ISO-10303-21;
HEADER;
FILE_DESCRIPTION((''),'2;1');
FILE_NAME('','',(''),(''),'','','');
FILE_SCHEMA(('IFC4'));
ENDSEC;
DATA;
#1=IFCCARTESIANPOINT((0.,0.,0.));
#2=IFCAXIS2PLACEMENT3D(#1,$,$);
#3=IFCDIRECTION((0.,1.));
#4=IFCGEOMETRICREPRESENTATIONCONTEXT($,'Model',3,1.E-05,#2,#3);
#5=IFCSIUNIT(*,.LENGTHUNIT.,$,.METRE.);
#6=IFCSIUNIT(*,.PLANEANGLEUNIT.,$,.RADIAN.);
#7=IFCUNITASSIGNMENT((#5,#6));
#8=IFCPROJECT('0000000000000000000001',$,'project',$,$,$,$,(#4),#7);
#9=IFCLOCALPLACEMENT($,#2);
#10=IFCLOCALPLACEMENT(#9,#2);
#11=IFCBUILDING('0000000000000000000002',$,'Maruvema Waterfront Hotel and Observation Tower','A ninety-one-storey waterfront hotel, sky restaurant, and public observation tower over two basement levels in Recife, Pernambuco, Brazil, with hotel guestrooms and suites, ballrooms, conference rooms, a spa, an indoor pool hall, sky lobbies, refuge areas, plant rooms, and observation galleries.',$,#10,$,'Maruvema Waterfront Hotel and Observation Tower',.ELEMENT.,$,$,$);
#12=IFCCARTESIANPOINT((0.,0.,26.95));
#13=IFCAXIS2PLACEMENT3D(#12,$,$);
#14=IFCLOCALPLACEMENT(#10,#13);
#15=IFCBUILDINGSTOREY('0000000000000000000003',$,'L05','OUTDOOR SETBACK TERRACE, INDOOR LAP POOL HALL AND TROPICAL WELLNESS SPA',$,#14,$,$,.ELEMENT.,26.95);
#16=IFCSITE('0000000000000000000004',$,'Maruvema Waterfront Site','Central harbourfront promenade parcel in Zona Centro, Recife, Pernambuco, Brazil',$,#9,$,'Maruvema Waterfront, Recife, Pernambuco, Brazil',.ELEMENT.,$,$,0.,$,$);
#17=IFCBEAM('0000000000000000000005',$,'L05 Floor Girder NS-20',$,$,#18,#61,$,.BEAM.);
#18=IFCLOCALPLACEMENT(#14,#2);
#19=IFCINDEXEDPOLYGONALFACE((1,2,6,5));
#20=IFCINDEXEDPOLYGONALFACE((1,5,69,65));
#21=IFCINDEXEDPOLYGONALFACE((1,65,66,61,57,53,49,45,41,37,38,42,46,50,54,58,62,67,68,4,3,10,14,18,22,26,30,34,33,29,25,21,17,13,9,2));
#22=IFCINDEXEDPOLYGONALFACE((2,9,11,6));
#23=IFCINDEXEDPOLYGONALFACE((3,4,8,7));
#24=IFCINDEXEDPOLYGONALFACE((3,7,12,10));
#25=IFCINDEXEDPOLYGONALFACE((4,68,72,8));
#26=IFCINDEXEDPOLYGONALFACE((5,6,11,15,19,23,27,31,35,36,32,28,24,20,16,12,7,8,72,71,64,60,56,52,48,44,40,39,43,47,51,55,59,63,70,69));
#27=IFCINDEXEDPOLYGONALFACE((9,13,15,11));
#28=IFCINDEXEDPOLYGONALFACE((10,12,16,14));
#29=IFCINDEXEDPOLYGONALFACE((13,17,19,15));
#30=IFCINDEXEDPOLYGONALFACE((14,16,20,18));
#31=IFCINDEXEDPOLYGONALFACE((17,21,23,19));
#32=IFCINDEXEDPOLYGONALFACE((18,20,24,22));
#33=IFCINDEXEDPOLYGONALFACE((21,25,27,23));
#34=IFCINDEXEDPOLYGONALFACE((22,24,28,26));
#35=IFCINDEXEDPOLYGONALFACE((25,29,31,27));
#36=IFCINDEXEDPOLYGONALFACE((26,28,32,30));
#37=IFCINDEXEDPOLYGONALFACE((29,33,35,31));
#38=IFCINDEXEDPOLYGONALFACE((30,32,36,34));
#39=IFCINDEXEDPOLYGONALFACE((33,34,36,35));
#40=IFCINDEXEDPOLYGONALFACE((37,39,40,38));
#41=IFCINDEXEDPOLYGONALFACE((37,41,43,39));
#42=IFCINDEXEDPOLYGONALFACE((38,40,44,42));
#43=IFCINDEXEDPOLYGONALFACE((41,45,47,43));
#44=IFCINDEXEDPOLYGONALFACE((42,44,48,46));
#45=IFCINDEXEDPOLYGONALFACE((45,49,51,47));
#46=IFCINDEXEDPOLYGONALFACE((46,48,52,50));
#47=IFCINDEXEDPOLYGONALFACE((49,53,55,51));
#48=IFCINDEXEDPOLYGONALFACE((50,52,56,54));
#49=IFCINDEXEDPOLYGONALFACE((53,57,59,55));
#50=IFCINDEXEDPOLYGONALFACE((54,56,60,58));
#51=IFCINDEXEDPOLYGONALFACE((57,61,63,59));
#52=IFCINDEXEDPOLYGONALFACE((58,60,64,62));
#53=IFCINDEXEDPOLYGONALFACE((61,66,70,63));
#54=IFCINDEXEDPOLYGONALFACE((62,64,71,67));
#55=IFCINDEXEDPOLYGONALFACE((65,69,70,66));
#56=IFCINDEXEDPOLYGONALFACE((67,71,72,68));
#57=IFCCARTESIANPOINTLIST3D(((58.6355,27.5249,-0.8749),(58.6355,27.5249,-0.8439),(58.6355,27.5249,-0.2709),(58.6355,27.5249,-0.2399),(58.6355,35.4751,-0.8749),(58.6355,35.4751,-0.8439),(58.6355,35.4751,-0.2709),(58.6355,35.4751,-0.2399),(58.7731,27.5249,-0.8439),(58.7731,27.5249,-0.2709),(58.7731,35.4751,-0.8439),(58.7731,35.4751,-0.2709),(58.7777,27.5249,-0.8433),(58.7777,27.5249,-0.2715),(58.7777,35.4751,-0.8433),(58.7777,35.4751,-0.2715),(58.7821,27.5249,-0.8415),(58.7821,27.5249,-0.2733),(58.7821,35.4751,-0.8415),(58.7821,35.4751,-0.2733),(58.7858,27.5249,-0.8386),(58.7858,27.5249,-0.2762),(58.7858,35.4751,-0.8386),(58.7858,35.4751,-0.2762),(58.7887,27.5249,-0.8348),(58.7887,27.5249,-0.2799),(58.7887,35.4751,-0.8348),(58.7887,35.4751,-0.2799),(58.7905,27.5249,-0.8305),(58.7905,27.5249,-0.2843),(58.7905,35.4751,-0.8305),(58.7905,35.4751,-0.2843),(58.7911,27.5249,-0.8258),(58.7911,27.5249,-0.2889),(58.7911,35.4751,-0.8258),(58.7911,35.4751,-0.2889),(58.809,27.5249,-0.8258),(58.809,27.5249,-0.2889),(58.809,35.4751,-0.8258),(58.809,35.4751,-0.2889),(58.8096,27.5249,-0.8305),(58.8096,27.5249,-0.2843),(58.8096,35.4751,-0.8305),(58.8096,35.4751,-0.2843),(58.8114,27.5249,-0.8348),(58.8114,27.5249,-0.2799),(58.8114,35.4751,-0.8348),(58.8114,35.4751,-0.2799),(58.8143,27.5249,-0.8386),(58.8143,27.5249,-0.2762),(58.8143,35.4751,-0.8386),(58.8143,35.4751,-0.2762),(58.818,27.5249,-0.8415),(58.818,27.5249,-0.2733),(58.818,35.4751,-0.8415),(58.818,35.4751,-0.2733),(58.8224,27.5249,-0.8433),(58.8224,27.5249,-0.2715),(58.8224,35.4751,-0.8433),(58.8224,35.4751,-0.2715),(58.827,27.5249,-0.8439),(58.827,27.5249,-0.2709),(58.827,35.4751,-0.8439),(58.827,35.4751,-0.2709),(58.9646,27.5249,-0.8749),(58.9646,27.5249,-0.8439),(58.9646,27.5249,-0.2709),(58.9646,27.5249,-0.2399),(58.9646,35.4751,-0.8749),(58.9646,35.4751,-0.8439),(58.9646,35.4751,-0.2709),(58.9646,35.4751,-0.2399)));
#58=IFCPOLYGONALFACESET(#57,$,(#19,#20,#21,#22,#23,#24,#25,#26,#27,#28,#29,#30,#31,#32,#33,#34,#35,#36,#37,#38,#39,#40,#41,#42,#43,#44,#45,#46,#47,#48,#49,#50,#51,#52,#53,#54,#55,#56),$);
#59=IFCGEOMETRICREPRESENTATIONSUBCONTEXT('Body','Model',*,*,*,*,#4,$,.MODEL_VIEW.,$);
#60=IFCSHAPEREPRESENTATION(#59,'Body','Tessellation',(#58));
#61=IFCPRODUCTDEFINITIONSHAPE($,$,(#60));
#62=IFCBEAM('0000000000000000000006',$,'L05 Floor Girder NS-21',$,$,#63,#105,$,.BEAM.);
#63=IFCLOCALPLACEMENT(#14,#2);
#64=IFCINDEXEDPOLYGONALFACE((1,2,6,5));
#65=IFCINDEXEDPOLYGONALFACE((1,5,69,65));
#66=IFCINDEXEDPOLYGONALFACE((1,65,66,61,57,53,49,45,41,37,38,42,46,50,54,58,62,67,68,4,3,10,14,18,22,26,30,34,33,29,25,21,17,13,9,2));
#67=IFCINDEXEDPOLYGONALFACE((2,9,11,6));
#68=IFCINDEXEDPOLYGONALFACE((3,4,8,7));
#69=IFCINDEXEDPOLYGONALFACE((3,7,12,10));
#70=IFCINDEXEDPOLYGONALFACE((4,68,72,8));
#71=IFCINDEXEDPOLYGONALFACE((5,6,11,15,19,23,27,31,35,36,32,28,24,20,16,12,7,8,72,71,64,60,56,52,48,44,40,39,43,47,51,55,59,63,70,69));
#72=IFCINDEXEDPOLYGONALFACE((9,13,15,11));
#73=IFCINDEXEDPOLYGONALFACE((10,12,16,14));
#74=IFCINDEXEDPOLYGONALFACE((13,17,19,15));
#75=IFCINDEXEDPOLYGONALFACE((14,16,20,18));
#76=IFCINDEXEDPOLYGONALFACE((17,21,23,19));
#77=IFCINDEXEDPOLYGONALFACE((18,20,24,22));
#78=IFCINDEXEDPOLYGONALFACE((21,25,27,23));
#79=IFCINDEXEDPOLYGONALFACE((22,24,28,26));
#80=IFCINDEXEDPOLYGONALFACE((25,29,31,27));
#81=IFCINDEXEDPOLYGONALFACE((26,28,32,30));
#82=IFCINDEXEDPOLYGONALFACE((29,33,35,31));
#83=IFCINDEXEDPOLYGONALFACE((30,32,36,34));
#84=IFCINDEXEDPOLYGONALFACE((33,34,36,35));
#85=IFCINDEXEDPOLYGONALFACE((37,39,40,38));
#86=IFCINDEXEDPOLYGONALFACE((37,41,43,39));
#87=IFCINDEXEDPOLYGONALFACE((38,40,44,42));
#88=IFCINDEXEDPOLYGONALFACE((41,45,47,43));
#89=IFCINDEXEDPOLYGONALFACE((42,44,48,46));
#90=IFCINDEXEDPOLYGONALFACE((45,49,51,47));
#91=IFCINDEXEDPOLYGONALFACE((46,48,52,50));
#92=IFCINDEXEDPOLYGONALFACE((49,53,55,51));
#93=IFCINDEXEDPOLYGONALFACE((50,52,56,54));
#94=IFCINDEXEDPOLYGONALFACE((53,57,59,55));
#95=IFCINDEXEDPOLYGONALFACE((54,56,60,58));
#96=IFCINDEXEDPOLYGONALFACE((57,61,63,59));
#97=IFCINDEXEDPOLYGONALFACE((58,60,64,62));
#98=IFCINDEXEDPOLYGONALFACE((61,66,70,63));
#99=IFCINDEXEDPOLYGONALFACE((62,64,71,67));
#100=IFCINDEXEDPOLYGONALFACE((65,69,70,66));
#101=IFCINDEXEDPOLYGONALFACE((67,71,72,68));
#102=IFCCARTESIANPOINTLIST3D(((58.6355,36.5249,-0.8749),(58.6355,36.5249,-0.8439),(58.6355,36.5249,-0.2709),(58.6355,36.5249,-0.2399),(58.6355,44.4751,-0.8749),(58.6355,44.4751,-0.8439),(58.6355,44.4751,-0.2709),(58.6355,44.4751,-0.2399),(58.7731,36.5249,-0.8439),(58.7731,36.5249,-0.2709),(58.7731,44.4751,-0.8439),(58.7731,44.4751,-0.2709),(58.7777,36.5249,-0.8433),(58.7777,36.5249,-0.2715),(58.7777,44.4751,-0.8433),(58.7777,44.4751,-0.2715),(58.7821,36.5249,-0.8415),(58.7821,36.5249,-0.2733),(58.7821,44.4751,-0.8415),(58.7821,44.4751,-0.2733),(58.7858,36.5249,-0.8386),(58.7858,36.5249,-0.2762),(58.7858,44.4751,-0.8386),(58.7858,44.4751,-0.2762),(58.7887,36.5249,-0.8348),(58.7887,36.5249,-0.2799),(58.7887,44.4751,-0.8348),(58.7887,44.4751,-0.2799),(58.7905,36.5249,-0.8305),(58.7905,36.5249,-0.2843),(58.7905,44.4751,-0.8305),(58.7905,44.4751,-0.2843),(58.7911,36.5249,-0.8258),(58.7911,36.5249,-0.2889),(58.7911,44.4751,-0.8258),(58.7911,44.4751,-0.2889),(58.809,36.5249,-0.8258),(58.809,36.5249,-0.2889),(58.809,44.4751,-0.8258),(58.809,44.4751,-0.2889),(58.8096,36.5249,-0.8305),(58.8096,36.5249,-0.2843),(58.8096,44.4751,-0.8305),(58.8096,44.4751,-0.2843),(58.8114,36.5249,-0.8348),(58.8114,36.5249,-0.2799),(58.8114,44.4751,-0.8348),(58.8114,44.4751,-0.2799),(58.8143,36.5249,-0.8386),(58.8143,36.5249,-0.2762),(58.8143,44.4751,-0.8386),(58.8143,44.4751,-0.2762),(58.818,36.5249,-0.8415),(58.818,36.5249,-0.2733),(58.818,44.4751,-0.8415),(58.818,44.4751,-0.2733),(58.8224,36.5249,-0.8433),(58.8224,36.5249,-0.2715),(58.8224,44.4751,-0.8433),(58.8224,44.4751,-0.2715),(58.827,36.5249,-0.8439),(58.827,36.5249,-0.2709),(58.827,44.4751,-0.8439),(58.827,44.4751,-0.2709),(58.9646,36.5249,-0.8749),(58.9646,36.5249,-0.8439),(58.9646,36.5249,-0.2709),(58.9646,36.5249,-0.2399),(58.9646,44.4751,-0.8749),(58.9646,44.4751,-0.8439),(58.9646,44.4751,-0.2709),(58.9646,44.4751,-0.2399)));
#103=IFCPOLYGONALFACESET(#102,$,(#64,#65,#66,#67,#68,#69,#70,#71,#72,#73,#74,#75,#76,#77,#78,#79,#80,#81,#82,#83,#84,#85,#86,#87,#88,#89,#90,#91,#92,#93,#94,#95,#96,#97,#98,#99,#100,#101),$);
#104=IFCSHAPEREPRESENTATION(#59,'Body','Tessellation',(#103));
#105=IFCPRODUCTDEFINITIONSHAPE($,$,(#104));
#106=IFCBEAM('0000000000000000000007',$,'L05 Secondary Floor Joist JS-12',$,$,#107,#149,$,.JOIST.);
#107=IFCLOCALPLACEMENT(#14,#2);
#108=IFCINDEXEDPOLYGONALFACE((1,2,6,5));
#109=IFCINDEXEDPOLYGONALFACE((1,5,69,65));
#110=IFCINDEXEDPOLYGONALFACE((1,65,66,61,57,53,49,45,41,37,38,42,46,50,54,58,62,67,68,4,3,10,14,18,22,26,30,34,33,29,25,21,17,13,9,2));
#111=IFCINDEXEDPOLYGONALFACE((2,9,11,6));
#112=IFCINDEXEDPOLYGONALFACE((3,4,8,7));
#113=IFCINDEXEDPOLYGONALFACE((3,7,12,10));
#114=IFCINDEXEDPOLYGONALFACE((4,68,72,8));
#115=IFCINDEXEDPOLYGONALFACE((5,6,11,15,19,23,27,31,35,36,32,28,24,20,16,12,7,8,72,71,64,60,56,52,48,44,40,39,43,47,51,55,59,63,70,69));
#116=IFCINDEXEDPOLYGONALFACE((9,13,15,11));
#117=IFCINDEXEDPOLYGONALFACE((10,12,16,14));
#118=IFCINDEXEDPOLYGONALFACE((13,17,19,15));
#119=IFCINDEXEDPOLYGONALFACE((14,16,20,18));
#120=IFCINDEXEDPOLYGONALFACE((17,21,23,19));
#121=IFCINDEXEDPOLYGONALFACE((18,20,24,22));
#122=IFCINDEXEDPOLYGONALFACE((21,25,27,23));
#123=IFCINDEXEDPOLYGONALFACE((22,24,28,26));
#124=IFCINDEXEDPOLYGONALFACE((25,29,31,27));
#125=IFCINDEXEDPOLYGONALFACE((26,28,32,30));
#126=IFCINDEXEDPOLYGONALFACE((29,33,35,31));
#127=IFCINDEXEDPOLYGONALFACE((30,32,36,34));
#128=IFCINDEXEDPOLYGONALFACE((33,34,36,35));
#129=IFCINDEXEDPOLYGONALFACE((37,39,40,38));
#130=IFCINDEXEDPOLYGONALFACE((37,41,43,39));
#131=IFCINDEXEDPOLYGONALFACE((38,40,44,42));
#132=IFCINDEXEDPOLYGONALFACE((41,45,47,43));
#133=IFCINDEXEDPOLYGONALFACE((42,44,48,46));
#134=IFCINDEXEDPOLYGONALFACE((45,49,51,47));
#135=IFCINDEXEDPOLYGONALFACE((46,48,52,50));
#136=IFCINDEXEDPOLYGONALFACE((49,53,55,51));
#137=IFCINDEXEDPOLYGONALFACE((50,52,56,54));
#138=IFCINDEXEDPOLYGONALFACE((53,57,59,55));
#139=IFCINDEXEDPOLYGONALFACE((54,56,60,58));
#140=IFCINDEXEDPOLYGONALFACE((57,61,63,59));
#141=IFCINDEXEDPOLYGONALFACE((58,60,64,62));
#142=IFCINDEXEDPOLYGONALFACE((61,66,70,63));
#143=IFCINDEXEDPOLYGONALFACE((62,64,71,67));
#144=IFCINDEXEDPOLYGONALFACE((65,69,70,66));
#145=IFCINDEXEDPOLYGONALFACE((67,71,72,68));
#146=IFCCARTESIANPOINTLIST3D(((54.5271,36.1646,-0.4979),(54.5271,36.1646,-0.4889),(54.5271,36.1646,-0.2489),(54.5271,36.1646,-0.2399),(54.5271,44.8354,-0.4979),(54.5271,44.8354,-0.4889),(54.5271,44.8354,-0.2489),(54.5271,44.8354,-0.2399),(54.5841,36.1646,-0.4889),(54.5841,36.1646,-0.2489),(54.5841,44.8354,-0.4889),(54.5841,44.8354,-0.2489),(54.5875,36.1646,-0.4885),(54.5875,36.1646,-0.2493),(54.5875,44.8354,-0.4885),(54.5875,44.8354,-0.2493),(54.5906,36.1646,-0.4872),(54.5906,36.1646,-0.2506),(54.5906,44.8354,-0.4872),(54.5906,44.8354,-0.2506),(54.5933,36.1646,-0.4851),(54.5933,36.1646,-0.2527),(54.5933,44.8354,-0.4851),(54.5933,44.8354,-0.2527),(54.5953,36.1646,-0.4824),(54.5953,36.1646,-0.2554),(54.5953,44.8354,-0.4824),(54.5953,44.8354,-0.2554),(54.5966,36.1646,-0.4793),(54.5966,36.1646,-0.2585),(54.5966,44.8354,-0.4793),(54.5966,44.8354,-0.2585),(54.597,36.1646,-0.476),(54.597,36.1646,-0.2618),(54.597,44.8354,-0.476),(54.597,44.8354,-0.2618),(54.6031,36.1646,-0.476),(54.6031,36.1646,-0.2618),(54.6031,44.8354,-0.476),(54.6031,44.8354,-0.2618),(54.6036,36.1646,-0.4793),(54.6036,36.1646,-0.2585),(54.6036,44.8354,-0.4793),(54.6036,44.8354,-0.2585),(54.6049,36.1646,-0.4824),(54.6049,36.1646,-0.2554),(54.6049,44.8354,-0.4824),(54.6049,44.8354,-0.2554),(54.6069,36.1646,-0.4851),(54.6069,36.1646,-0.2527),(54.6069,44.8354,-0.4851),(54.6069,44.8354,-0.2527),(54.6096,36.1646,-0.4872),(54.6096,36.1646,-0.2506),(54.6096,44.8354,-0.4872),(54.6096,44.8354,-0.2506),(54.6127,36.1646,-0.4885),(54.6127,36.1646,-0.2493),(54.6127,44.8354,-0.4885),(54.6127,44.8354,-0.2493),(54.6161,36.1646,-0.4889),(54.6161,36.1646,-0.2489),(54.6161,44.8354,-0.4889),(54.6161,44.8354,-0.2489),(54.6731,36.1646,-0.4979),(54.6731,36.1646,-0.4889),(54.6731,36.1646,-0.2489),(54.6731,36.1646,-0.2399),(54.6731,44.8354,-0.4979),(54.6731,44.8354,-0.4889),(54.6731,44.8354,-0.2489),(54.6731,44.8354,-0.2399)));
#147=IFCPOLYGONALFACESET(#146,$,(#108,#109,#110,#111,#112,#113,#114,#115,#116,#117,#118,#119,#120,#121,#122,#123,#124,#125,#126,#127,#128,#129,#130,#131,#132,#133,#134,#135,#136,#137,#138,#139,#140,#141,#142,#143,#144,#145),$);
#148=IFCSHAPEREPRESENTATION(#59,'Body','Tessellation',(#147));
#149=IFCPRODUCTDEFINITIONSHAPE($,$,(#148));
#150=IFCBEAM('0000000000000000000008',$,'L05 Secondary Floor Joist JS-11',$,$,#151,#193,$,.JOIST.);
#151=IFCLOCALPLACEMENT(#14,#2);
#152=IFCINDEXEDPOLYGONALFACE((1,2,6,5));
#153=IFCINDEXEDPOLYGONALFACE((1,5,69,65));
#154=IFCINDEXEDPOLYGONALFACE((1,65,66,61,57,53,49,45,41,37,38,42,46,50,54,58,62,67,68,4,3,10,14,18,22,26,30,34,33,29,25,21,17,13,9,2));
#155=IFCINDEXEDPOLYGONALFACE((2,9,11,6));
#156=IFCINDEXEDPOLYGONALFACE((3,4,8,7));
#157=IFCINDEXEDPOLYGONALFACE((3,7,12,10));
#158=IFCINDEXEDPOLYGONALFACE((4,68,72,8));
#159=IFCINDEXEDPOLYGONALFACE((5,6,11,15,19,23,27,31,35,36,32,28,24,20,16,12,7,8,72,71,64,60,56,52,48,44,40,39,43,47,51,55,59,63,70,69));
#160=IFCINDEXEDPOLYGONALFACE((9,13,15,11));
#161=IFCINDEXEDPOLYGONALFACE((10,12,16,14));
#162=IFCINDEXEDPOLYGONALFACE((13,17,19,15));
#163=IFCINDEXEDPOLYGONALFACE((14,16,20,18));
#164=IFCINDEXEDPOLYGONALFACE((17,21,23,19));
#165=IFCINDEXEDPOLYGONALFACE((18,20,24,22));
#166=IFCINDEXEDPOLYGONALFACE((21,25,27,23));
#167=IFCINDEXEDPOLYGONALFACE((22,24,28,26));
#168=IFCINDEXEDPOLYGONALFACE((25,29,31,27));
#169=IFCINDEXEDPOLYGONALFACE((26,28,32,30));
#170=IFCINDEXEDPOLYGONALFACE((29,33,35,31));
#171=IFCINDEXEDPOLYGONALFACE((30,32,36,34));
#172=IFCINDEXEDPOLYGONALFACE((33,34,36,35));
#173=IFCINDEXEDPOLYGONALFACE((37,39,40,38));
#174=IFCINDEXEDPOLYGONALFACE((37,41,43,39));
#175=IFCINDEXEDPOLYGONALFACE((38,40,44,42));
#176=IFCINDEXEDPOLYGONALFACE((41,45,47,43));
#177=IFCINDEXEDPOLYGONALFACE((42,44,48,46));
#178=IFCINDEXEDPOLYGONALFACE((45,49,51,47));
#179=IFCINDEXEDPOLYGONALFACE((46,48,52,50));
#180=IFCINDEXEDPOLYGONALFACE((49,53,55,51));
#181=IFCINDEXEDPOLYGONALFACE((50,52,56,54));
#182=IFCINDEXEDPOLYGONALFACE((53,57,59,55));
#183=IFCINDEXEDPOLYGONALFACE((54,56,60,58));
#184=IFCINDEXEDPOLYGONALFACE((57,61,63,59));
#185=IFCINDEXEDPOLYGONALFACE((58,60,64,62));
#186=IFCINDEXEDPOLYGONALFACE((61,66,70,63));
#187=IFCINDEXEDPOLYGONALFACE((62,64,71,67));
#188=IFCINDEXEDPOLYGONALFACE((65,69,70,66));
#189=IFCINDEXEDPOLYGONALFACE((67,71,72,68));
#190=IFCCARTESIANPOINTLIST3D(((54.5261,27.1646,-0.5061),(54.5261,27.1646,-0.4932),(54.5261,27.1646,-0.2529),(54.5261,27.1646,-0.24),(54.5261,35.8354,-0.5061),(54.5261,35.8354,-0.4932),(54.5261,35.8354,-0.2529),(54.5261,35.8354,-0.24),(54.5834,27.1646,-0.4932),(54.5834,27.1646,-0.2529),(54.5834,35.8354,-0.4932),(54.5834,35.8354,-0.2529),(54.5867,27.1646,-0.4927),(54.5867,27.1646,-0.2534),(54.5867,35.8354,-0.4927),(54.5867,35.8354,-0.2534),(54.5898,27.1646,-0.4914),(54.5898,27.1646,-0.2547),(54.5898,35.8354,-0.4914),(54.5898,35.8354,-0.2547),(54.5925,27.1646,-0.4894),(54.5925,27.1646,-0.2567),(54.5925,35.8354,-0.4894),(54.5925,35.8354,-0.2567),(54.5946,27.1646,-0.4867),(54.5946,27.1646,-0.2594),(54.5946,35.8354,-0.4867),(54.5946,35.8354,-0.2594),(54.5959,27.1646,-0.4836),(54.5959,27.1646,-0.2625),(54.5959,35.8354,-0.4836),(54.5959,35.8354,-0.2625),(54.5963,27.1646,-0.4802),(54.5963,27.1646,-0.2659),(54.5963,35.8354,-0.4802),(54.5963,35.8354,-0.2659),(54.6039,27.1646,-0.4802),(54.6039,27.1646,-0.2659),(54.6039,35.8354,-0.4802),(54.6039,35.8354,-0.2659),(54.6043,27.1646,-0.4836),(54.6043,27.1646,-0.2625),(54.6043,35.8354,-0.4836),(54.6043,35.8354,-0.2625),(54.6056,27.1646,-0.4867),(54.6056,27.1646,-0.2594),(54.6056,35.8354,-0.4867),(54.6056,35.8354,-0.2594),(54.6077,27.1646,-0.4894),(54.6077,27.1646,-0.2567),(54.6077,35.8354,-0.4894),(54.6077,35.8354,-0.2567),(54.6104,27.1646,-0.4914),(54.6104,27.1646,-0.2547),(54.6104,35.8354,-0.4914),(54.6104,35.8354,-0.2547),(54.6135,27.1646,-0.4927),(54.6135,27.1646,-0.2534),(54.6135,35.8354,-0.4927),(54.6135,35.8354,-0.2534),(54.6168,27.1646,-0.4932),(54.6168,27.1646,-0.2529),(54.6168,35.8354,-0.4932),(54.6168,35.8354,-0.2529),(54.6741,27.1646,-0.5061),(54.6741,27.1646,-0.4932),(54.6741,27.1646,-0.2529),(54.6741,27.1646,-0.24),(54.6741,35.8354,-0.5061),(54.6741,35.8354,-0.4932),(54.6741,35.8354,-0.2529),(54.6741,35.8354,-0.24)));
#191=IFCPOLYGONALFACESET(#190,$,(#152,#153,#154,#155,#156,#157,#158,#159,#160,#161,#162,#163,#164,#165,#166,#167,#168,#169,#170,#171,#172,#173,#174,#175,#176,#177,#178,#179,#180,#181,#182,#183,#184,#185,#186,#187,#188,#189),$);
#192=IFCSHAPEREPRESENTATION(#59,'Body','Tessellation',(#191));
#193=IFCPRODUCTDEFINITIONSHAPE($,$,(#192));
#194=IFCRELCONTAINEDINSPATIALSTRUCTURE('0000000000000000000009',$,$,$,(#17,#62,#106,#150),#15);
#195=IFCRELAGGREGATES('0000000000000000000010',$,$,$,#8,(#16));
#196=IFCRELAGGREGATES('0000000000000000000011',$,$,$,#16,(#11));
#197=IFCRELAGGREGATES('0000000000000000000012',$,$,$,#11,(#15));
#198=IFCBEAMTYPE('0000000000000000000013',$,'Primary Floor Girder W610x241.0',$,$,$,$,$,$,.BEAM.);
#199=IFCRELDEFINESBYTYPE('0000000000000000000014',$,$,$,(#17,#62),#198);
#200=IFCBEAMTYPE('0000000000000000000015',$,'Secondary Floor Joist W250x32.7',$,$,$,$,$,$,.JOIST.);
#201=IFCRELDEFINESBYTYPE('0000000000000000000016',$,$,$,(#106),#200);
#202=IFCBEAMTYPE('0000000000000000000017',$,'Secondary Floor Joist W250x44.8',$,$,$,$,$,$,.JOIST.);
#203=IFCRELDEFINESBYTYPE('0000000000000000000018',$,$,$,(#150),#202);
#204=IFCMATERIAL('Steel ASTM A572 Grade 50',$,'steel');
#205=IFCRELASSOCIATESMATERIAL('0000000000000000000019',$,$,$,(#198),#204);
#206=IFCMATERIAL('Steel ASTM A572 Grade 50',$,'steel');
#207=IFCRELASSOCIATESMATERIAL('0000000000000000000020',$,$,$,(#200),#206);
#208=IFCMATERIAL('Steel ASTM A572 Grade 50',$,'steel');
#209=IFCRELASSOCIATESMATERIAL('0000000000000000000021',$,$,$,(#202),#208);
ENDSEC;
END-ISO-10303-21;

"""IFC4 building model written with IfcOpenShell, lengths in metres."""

from ifc_helpers import new_model, si_unit, direction, frame, origin, origin_2d, place, context, subcontext, project, spatial, i_section, extrude, material, material_profile, profile_set, type_object, element, save


model = new_model("IFC4")

# Units and contexts
model_context = context("Model", 3, precision=1e-05, world=origin(), true_north=direction((0.0, 1.0)))
body_context = subcontext(model_context, "Body", "Model", "MODEL_VIEW")
ifc_project = project(units=[si_unit("LENGTHUNIT", "METRE"), si_unit("PLANEANGLEUNIT", "RADIAN")], contexts=[model_context])

# Site, building, storey
site_placement = place(None, origin())
site = spatial("IfcSite", under=ifc_project, at=site_placement, Name="Maruvema Waterfront Site", Description="Central harbourfront promenade parcel in Zona Centro, Recife, Pernambuco, Brazil", LongName="Maruvema Waterfront, Recife, Pernambuco, Brazil", CompositionType="ELEMENT", RefElevation=0.0)
building_placement = place(site_placement, origin())
building = spatial("IfcBuilding", under=site, at=building_placement, Name="Maruvema Waterfront Hotel and Observation Tower", Description="A ninety-one-storey waterfront hotel, sky restaurant, and public observation tower over two basement levels in Recife, Pernambuco, Brazil, with hotel guestrooms and suites, ballrooms, conference rooms, a spa, an indoor pool hall, sky lobbies, refuge areas, plant rooms, and observation galleries.", LongName="Maruvema Waterfront Hotel and Observation Tower", CompositionType="ELEMENT")
storey_placement = place(building_placement, frame((0.0, 0.0, 26.95)))
storey = spatial("IfcBuildingStorey", under=building, at=storey_placement, Name="L05", Description="OUTDOOR SETBACK TERRACE, INDOOR LAP POOL HALL AND TROPICAL WELLNESS SPA", CompositionType="ELEMENT", Elevation=26.95)

# Beams
ifc_material_1 = material(Name="Steel ASTM A572 Grade 50", Category="steel")
ifc_material_profile_1 = material_profile(ifc_material_1, i_section(OverallWidth=0.3291, OverallDepth=0.635, WebThickness=0.0178, FlangeThickness=0.031, FilletRadius=0.0181, at=origin_2d()), Name="W610x241.0")
ifc_profile_set_1 = profile_set([ifc_material_profile_1], Name="Steel ASTM A572 Grade 50")
beam_type_1 = type_object("IfcBeamType", Name="Primary Floor Girder W610x241.0", PredefinedType="BEAM", material=ifc_profile_set_1)
for number, where, z_axis, x_axis, name in (
    (1, (58.8, 27.5249, -0.5574), (0.0, 1.0, 0.0), (-1.0, 0.0, 0.0), "L05 Floor Girder NS-20"),
    (2, (58.8, 36.5249, -0.5574), (0.0, 1.0, 0.0), (-1.0, 0.0, 0.0), "L05 Floor Girder NS-21"),
):
    element("IfcBeam", number, at=place(storey_placement, frame(where, z_axis=z_axis, x_axis=x_axis)), inside=storey, type_object=beam_type_1, Name=name, PredefinedType="BEAM", context=body_context, shape_type="SweptSolid", body=[
        extrude(i_section(OverallWidth=0.3291, OverallDepth=0.635, WebThickness=0.0178, FlangeThickness=0.031, FilletRadius=0.0181, at=origin_2d()), origin(), (0.0, 0.0, 1.0), 7.9502),
    ])
ifc_material_2 = material(Name="Steel ASTM A572 Grade 50", Category="steel")
ifc_material_profile_2 = material_profile(ifc_material_2, i_section(OverallWidth=0.146, OverallDepth=0.2581, WebThickness=0.0061, FlangeThickness=0.009, FilletRadius=0.0129, at=origin_2d()), Name="W250x32.7")
ifc_profile_set_2 = profile_set([ifc_material_profile_2], Name="Steel ASTM A572 Grade 50")
beam_type_2 = type_object("IfcBeamType", Name="Secondary Floor Joist W250x32.7", PredefinedType="JOIST", material=ifc_profile_set_2)
beam_1_placement = place(storey_placement, frame((54.6001, 36.1646, -0.3689), z_axis=(0.0, 1.0, 0.0), x_axis=(-1.0, 0.0, 0.0)))
element("IfcBeam", 3, at=beam_1_placement, inside=storey, type_object=beam_type_2, Name="L05 Secondary Floor Joist JS-12", PredefinedType="JOIST", context=body_context, shape_type="SweptSolid", body=[
    extrude(i_section(OverallWidth=0.146, OverallDepth=0.2581, WebThickness=0.0061, FlangeThickness=0.009, FilletRadius=0.0129, at=origin_2d()), origin(), (0.0, 0.0, 1.0), 8.6709),
])
ifc_material_3 = material(Name="Steel ASTM A572 Grade 50", Category="steel")
ifc_material_profile_3 = material_profile(ifc_material_3, i_section(OverallWidth=0.1479, OverallDepth=0.2661, WebThickness=0.0076, FlangeThickness=0.0129, FilletRadius=0.0129, at=origin_2d()), Name="W250x44.8")
ifc_profile_set_3 = profile_set([ifc_material_profile_3], Name="Steel ASTM A572 Grade 50")
beam_type_3 = type_object("IfcBeamType", Name="Secondary Floor Joist W250x44.8", PredefinedType="JOIST", material=ifc_profile_set_3)
beam_2_placement = place(storey_placement, frame((54.6001, 27.1646, -0.373), z_axis=(0.0, 1.0, 0.0), x_axis=(-1.0, 0.0, 0.0)))
element("IfcBeam", 4, at=beam_2_placement, inside=storey, type_object=beam_type_3, Name="L05 Secondary Floor Joist JS-11", PredefinedType="JOIST", context=body_context, shape_type="SweptSolid", body=[
    extrude(i_section(OverallWidth=0.1479, OverallDepth=0.2661, WebThickness=0.0076, FlangeThickness=0.0129, FilletRadius=0.0129, at=origin_2d()), origin(), (0.0, 0.0, 1.0), 8.6709),
])

save(model, "model.ifc")
